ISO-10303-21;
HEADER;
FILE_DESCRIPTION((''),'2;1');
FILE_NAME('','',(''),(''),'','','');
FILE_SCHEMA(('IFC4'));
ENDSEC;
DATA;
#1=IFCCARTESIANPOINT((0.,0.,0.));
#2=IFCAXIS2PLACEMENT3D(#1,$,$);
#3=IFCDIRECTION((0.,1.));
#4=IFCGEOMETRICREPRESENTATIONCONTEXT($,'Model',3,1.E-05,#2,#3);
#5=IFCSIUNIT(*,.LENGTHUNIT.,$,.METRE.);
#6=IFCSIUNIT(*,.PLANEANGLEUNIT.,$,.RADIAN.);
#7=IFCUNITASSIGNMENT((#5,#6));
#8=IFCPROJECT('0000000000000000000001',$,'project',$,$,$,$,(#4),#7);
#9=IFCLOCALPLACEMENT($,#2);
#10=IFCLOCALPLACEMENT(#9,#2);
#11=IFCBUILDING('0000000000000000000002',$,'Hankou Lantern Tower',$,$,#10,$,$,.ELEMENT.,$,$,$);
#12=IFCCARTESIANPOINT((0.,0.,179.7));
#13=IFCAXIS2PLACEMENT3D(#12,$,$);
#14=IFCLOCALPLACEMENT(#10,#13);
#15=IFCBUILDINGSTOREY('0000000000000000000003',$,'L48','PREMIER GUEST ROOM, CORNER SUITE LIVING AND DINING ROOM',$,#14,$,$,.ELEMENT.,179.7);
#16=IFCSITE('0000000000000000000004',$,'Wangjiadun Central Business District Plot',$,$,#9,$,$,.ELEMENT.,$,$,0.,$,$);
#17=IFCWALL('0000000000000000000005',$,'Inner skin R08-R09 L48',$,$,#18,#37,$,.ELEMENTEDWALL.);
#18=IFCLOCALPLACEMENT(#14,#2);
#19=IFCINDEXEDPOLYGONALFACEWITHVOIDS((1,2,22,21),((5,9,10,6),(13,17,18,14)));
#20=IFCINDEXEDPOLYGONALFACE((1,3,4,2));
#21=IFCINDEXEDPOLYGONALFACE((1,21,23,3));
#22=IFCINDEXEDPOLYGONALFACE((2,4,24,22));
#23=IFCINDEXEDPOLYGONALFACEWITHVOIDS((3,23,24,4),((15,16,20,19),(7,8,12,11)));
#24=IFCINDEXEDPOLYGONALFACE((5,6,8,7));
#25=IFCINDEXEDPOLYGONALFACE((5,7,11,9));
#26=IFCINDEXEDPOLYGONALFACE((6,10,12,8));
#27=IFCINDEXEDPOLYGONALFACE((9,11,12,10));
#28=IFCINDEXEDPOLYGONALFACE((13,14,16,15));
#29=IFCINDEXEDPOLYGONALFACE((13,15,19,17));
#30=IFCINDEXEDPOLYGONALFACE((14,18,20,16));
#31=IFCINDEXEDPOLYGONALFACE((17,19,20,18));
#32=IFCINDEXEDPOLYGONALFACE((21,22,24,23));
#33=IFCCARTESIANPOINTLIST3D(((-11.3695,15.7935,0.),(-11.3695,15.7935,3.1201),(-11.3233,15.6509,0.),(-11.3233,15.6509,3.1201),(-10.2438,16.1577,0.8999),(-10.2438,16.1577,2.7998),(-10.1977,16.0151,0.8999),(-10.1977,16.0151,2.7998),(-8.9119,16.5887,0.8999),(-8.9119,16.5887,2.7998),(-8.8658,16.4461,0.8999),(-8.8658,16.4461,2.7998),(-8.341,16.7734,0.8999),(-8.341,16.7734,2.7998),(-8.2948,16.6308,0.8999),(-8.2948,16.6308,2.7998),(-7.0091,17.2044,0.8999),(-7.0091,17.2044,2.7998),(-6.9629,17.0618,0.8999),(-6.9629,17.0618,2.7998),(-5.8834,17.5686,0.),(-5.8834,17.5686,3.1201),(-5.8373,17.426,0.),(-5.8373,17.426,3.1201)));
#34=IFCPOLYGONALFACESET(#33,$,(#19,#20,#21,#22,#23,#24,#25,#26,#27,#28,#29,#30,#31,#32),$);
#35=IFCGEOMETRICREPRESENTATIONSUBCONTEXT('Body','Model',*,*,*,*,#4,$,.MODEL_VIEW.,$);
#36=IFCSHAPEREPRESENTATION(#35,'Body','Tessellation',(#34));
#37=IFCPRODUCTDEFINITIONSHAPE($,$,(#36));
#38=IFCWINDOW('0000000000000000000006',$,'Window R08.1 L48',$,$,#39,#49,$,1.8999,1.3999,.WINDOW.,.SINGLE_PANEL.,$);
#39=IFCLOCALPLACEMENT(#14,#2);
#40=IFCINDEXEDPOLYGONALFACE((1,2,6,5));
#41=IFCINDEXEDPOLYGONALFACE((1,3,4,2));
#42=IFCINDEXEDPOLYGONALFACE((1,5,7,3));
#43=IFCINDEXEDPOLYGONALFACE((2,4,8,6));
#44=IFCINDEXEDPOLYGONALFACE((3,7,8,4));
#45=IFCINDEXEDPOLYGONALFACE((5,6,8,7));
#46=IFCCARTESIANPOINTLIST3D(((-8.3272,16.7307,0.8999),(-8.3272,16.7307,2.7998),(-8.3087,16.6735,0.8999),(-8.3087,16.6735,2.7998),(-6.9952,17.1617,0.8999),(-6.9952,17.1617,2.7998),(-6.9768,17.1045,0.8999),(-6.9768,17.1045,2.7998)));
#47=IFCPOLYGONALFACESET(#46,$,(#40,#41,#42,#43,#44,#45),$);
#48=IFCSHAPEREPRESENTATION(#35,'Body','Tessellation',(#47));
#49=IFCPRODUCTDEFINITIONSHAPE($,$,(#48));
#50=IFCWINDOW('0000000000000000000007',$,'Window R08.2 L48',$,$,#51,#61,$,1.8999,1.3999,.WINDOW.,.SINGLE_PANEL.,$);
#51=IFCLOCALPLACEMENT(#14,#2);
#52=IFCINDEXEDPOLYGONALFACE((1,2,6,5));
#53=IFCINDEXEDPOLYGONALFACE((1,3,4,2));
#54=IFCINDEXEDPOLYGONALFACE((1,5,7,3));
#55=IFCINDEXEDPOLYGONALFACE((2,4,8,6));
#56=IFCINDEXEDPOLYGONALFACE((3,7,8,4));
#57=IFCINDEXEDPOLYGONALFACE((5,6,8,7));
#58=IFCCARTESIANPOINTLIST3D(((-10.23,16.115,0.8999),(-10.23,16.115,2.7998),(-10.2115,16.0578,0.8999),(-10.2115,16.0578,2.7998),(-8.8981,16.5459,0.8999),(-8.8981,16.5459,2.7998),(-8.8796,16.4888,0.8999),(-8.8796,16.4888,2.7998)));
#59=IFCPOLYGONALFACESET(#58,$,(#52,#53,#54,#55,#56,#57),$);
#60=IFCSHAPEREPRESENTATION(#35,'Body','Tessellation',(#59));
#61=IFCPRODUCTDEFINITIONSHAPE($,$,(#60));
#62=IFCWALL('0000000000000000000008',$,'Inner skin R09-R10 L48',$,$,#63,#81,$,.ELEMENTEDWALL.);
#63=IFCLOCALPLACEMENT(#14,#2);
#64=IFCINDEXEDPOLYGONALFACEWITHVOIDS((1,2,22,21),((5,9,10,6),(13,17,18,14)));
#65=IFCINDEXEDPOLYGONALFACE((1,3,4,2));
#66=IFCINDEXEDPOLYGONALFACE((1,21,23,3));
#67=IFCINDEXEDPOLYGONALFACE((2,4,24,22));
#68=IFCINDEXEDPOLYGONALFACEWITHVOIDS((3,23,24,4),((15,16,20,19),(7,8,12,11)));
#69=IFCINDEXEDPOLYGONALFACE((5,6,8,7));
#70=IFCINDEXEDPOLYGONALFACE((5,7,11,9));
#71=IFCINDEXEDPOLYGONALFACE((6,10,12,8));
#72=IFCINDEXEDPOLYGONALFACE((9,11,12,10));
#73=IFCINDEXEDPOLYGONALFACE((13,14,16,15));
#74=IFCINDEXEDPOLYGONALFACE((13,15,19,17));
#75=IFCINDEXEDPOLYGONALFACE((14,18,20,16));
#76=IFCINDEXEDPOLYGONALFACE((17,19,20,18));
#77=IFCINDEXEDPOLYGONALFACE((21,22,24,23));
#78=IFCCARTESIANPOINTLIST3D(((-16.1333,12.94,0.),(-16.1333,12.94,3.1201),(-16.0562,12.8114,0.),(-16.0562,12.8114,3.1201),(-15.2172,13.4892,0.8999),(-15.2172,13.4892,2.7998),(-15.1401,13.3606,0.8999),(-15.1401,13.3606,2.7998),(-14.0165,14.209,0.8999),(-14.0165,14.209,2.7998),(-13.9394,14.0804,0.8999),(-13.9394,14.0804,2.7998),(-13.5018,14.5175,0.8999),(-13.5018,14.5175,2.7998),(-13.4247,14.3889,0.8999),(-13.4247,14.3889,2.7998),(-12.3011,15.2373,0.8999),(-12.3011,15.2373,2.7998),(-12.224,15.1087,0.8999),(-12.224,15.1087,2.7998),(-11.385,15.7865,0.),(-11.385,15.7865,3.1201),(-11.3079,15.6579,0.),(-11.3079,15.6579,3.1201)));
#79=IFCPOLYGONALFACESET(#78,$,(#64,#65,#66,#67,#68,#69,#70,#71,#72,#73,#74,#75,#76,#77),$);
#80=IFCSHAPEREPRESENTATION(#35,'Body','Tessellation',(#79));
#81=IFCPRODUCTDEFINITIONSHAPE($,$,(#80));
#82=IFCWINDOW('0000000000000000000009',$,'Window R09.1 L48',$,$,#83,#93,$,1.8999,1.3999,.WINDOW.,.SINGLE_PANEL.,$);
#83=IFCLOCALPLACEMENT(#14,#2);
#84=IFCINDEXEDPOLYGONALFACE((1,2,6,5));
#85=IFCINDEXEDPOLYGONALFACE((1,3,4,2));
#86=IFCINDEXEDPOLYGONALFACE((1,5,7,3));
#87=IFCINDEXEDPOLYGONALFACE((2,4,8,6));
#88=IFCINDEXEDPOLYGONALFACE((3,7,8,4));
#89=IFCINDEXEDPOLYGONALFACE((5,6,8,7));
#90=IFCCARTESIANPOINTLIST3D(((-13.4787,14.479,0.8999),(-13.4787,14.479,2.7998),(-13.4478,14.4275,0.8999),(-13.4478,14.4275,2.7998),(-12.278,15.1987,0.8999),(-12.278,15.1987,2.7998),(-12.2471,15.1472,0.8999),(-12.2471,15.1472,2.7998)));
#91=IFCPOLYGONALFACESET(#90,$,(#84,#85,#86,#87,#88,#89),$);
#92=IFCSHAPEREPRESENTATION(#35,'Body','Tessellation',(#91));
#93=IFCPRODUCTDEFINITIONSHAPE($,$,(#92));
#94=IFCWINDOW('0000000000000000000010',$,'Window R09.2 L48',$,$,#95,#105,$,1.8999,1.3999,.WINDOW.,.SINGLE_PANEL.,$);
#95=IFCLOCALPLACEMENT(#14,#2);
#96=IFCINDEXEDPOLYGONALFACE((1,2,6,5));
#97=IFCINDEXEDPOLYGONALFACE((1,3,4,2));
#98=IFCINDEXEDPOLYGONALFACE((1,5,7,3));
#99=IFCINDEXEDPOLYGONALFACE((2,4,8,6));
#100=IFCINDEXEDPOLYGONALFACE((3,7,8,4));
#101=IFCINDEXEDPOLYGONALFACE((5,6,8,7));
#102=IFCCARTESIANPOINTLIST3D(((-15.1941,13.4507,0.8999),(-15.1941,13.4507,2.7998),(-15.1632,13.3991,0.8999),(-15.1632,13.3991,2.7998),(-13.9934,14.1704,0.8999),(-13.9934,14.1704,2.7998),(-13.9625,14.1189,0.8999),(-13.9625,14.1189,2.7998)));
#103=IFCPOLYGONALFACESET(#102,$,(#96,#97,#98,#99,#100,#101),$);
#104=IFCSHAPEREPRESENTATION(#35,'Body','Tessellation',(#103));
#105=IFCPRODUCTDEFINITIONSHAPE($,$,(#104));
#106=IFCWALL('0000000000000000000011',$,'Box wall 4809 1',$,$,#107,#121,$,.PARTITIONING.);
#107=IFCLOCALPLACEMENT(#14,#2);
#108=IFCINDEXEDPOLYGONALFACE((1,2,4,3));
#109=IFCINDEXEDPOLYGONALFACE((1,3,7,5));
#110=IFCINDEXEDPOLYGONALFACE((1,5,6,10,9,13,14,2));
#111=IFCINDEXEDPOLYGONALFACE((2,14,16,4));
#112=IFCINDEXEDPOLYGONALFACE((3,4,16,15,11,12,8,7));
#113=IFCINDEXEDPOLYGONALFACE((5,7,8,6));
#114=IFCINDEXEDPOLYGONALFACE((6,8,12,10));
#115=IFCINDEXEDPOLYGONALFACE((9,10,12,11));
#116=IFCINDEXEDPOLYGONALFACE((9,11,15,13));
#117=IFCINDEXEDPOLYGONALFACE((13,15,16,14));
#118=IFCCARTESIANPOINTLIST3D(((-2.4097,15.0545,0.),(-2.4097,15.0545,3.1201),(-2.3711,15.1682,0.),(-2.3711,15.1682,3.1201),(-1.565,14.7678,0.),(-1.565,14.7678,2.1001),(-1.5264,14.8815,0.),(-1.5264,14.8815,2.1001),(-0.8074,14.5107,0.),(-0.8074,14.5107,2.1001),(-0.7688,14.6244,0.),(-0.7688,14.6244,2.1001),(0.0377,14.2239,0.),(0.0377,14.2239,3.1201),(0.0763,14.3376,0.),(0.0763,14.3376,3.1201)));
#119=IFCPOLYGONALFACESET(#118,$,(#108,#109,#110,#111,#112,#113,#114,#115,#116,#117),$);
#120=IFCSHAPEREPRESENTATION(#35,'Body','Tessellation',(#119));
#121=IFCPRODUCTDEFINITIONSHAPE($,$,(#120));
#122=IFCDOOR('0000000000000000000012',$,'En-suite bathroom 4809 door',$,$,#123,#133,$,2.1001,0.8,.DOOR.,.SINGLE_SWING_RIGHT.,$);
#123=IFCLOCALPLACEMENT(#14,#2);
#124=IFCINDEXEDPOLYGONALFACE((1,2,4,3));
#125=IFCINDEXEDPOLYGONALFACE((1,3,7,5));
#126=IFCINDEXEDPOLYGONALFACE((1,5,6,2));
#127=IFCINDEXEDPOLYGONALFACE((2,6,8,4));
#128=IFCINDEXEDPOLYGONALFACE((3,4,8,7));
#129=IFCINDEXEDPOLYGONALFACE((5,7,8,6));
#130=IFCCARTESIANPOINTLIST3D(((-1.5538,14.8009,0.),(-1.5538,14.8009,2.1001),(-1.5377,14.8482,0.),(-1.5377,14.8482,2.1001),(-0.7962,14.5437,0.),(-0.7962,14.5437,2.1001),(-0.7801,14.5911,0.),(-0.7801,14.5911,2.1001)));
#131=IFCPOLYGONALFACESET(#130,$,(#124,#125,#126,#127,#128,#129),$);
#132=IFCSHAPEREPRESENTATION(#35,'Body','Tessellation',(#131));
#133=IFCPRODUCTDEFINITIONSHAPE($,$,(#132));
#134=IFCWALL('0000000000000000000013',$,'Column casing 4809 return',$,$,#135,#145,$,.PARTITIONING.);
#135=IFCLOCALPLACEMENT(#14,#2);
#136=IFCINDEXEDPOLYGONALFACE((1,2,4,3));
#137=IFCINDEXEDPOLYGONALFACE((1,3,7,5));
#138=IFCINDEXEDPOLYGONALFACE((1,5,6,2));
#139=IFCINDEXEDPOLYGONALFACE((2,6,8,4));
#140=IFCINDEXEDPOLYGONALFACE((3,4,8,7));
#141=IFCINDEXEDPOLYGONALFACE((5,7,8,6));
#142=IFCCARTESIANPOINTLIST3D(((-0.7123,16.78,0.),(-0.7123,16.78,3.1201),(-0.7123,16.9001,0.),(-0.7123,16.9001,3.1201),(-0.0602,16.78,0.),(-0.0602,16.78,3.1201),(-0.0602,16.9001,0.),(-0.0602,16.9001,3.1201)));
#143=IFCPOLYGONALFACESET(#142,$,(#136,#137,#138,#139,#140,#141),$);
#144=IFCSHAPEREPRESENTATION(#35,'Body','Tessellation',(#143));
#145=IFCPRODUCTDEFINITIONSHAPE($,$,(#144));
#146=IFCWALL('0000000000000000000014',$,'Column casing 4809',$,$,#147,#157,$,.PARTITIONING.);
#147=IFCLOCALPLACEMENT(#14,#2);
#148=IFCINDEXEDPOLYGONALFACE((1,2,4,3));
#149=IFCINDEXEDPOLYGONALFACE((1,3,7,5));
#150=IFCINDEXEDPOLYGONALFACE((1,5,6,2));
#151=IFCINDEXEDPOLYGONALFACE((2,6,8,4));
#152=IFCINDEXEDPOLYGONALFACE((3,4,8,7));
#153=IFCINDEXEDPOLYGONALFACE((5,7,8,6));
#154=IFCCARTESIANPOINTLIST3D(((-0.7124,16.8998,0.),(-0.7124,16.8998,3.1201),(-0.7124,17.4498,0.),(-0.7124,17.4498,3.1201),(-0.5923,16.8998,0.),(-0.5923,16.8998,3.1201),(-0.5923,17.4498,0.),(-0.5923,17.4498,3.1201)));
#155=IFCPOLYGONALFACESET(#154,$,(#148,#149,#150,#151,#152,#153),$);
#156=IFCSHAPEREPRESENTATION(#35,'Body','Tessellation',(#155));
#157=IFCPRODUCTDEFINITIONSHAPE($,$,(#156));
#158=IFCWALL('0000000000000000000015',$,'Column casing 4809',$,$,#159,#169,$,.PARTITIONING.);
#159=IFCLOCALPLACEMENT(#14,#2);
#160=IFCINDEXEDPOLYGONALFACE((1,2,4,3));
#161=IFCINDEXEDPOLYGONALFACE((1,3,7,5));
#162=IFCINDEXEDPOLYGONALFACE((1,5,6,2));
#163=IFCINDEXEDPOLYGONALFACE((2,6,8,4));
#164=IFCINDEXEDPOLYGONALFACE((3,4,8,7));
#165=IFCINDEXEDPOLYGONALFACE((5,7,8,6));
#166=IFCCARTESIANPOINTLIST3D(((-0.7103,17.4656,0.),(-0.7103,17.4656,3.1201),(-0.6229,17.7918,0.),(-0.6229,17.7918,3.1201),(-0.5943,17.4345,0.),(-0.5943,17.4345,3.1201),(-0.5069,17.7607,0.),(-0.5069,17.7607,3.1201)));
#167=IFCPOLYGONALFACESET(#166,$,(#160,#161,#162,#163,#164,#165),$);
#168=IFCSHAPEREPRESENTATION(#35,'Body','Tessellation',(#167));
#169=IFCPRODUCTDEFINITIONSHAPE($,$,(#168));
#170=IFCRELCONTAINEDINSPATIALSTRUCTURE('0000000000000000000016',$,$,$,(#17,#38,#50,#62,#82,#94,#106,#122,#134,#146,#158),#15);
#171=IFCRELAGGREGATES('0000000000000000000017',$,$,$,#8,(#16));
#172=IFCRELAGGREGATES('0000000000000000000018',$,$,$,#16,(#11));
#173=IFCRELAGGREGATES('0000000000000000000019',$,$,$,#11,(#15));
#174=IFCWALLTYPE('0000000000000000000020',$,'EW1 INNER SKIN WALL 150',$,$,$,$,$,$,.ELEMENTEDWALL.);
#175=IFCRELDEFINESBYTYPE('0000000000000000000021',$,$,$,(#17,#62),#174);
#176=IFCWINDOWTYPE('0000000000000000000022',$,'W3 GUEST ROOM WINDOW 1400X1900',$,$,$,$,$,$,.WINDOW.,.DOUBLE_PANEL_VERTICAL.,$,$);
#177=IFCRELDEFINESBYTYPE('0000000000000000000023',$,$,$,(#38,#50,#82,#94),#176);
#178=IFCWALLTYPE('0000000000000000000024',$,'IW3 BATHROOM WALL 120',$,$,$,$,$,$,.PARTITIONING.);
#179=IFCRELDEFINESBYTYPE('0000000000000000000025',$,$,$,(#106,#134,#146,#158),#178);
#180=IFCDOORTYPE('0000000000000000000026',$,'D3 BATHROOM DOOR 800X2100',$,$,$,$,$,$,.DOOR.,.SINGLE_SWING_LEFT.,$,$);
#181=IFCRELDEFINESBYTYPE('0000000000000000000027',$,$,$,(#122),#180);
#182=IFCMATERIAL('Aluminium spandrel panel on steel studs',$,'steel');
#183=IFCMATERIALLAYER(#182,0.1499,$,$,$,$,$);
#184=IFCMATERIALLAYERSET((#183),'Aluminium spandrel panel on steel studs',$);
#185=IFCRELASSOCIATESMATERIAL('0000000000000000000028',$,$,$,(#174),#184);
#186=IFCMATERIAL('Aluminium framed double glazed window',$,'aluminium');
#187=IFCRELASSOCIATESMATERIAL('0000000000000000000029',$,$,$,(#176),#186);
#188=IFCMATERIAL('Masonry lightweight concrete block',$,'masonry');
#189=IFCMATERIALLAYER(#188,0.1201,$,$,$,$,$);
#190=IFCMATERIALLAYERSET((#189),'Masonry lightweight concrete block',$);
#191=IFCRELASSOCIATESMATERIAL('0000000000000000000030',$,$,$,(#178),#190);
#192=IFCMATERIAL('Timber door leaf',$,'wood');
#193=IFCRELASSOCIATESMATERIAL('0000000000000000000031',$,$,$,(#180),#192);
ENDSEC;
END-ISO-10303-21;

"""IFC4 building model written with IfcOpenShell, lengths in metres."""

from ifc_helpers import new_model, si_unit, direction, frame, frame_2d, origin, place, context, subcontext, project, spatial, rectangle, extrude, material, layer, layer_set, type_object, element, fill, save


model = new_model("IFC4")

# Units and contexts
model_context = context("Model", 3, precision=1e-05, world=origin(), true_north=direction((0.0, 1.0)))
body_context = subcontext(model_context, "Body", "Model", "MODEL_VIEW")
ifc_project = project(units=[si_unit("LENGTHUNIT", "METRE"), si_unit("PLANEANGLEUNIT", "RADIAN")], contexts=[model_context])

# Site, building, storey
site_placement = place(None, origin())
site = spatial("IfcSite", under=ifc_project, at=site_placement, Name="Wangjiadun Central Business District Plot", CompositionType="ELEMENT", RefElevation=0.0)
building_placement = place(site_placement, origin())
building = spatial("IfcBuilding", under=site, at=building_placement, Name="Hankou Lantern Tower", CompositionType="ELEMENT")
storey_placement = place(building_placement, frame((0.0, 0.0, 179.7)))
storey = spatial("IfcBuildingStorey", under=building, at=storey_placement, Name="L48", Description="PREMIER GUEST ROOM, CORNER SUITE LIVING AND DINING ROOM", CompositionType="ELEMENT", Elevation=179.7)

# Walls, openings, windows
ifc_material_1 = material(Name="Aluminium spandrel panel on steel studs", Category="steel")
ifc_layer_1 = layer(ifc_material_1, 0.1499)
ifc_layer_set_1 = layer_set([ifc_layer_1], Name="Aluminium spandrel panel on steel studs")
wall_type_1 = type_object("IfcWallType", Name="EW1 INNER SKIN WALL 150", PredefinedType="ELEMENTEDWALL", material=ifc_layer_set_1)
wall_1_placement = place(storey_placement, frame((-5.8604, 17.4973, 0.0), z_axis=(0.0, 0.0, 1.0), x_axis=(-0.951432, -0.307857, 0.0)))
wall_1 = element("IfcWall", 1, at=wall_1_placement, inside=storey, type_object=wall_type_1, Name="Inner skin R08-R09 L48", PredefinedType="ELEMENTEDWALL", context=body_context, shape_type="SweptSolid", body=[
    extrude(rectangle(XDim=5.7661, YDim=0.1499, at=frame_2d((2.8831, 0.0))), origin(), (0.0, 0.0, 1.0), 3.1201),
])
opening_1_placement = place(wall_1_placement, frame((1.1831, 0.0, 0.8999)))
opening_1 = element("IfcOpeningElement", 2, at=opening_1_placement, cuts=wall_1, PredefinedType="OPENING", context=body_context, shape_type="SweptSolid", body=[
    extrude(rectangle(XDim=1.3999, YDim=1.8999, at=frame_2d((0.7, 0.95))), frame((0.0, 0.085, 0.0), z_axis=(0.0, -1.0, 0.0), x_axis=(1.0, 0.0, 0.0)), (0.0, 0.0, 1.0), 0.1699),
])
opening_2_placement = place(wall_1_placement, frame((3.1831, 0.0, 0.8999)))
opening_2 = element("IfcOpeningElement", 3, at=opening_2_placement, cuts=wall_1, PredefinedType="OPENING", context=body_context, shape_type="SweptSolid", body=[
    extrude(rectangle(XDim=1.3999, YDim=1.8999, at=frame_2d((0.7, 0.95))), frame((0.0, 0.085, 0.0), z_axis=(0.0, -1.0, 0.0), x_axis=(1.0, 0.0, 0.0)), (0.0, 0.0, 1.0), 0.1699),
])
ifc_material_2 = material(Name="Aluminium framed double glazed window", Category="aluminium")
window_type = type_object("IfcWindowType", Name="W3 GUEST ROOM WINDOW 1400X1900", PartitioningType="DOUBLE_PANEL_VERTICAL", PredefinedType="WINDOW", material=ifc_material_2)
window_1_placement = place(opening_1_placement, origin())
window_1 = element("IfcWindow", 4, at=window_1_placement, inside=storey, type_object=window_type, Name="Window R08.1 L48", OverallHeight=1.8999, OverallWidth=1.3999, PartitioningType="SINGLE_PANEL", PredefinedType="WINDOW", context=body_context, shape_type="SweptSolid", body=[
    extrude(rectangle(XDim=1.3999, YDim=1.8999, at=frame_2d((0.7, 0.95))), frame((0.0, 0.03, 0.0), z_axis=(0.0, -1.0, 0.0), x_axis=(1.0, 0.0, 0.0)), (0.0, 0.0, 1.0), 0.0601),
])
fill(opening_1, window_1)
window_2_placement = place(opening_2_placement, origin())
window_2 = element("IfcWindow", 5, at=window_2_placement, inside=storey, type_object=window_type, Name="Window R08.2 L48", OverallHeight=1.8999, OverallWidth=1.3999, PartitioningType="SINGLE_PANEL", PredefinedType="WINDOW", context=body_context, shape_type="SweptSolid", body=[
    extrude(rectangle(XDim=1.3999, YDim=1.8999, at=frame_2d((0.7, 0.95))), frame((0.0, 0.03, 0.0), z_axis=(0.0, -1.0, 0.0), x_axis=(1.0, 0.0, 0.0)), (0.0, 0.0, 1.0), 0.0601),
])
fill(opening_2, window_2)
wall_2_placement = place(storey_placement, frame((-11.3464, 15.7222, 0.0), z_axis=(0.0, 0.0, 1.0), x_axis=(-0.857695, -0.514158, 0.0)))
wall_2 = element("IfcWall", 6, at=wall_2_placement, inside=storey, type_object=wall_type_1, Name="Inner skin R09-R10 L48", PredefinedType="ELEMENTEDWALL", context=body_context, shape_type="SweptSolid", body=[
    extrude(rectangle(XDim=5.5361, YDim=0.1499, at=frame_2d((2.7681, 0.0))), origin(), (0.0, 0.0, 1.0), 3.1201),
])
opening_3_placement = place(wall_2_placement, frame((1.0681, 0.0, 0.8999)))
opening_3 = element("IfcOpeningElement", 7, at=opening_3_placement, cuts=wall_2, PredefinedType="OPENING", context=body_context, shape_type="SweptSolid", body=[
    extrude(rectangle(XDim=1.3999, YDim=1.8999, at=frame_2d((0.7, 0.95))), frame((0.0, 0.085, 0.0), z_axis=(0.0, -1.0, 0.0), x_axis=(1.0, 0.0, 0.0)), (0.0, 0.0, 1.0), 0.1699),
])
opening_4_placement = place(wall_2_placement, frame((3.0681, 0.0, 0.8999)))
opening_4 = element("IfcOpeningElement", 8, at=opening_4_placement, cuts=wall_2, PredefinedType="OPENING", context=body_context, shape_type="SweptSolid", body=[
    extrude(rectangle(XDim=1.3999, YDim=1.8999, at=frame_2d((0.7, 0.95))), frame((0.0, 0.085, 0.0), z_axis=(0.0, -1.0, 0.0), x_axis=(1.0, 0.0, 0.0)), (0.0, 0.0, 1.0), 0.1699),
])
window_3_placement = place(opening_3_placement, origin())
window_3 = element("IfcWindow", 9, at=window_3_placement, inside=storey, type_object=window_type, Name="Window R09.1 L48", OverallHeight=1.8999, OverallWidth=1.3999, PartitioningType="SINGLE_PANEL", PredefinedType="WINDOW", context=body_context, shape_type="SweptSolid", body=[
    extrude(rectangle(XDim=1.3999, YDim=1.8999, at=frame_2d((0.7, 0.95))), frame((0.0, 0.03, 0.0), z_axis=(0.0, -1.0, 0.0), x_axis=(1.0, 0.0, 0.0)), (0.0, 0.0, 1.0), 0.0601),
])
fill(opening_3, window_3)
window_4_placement = place(opening_4_placement, origin())
window_4 = element("IfcWindow", 10, at=window_4_placement, inside=storey, type_object=window_type, Name="Window R09.2 L48", OverallHeight=1.8999, OverallWidth=1.3999, PartitioningType="SINGLE_PANEL", PredefinedType="WINDOW", context=body_context, shape_type="SweptSolid", body=[
    extrude(rectangle(XDim=1.3999, YDim=1.8999, at=frame_2d((0.7, 0.95))), frame((0.0, 0.03, 0.0), z_axis=(0.0, -1.0, 0.0), x_axis=(1.0, 0.0, 0.0)), (0.0, 0.0, 1.0), 0.0601),
])
fill(opening_4, window_4)

# Wall, opening, door
ifc_material_3 = material(Name="Masonry lightweight concrete block", Category="masonry")
ifc_layer_2 = layer(ifc_material_3, 0.1201)
ifc_layer_set_2 = layer_set([ifc_layer_2], Name="Masonry lightweight concrete block")
wall_type_2 = type_object("IfcWallType", Name="IW3 BATHROOM WALL 120", PredefinedType="PARTITIONING", material=ifc_layer_set_2)
wall_3_placement = place(storey_placement, frame((-2.3904, 15.1113, 0.0), z_axis=(0.0, 0.0, 1.0), x_axis=(0.94695, -0.321381, 0.0)))
wall_3 = element("IfcWall", 11, at=wall_3_placement, inside=storey, type_object=wall_type_2, Name="Box wall 4809 1", PredefinedType="PARTITIONING", context=body_context, shape_type="SweptSolid", body=[
    extrude(rectangle(XDim=2.5845, YDim=0.1201, at=frame_2d((1.2922, 0.0))), origin(), (0.0, 0.0, 1.0), 3.1201),
])
opening_5_placement = place(wall_3_placement, frame((0.8921, 0.0, 0.0)))
opening_5 = element("IfcOpeningElement", 12, at=opening_5_placement, cuts=wall_3, PredefinedType="OPENING", context=body_context, shape_type="SweptSolid", body=[
    extrude(rectangle(XDim=0.8, YDim=2.1001, at=frame_2d((0.3999, 1.05))), frame((0.0, 0.0701, 0.0), z_axis=(0.0, -1.0, 0.0), x_axis=(1.0, 0.0, 0.0)), (0.0, 0.0, 1.0), 0.1401),
])
ifc_material_4 = material(Name="Timber door leaf", Category="wood")
door_type = type_object("IfcDoorType", Name="D3 BATHROOM DOOR 800X2100", OperationType="SINGLE_SWING_LEFT", PredefinedType="DOOR", material=ifc_material_4)
door_placement = place(opening_5_placement, origin())
door = element("IfcDoor", 13, at=door_placement, inside=storey, type_object=door_type, Name="En-suite bathroom 4809 door", OperationType="SINGLE_SWING_RIGHT", OverallHeight=2.1001, OverallWidth=0.8, PredefinedType="DOOR", context=body_context, shape_type="SweptSolid", body=[
    extrude(rectangle(XDim=0.8, YDim=2.1001, at=frame_2d((0.3999, 1.05))), frame((0.0, 0.0249, 0.0), z_axis=(0.0, -1.0, 0.0), x_axis=(1.0, 0.0, 0.0)), (0.0, 0.0, 1.0), 0.05),
])
fill(opening_5, door)

# Walls
wall_4_placement = place(storey_placement, frame((-0.0601, 16.8401, 0.0), z_axis=(0.0, 0.0, 1.0), x_axis=(-1.0, 0.0, 0.0)))
element("IfcWall", 14, at=wall_4_placement, inside=storey, type_object=wall_type_2, Name="Column casing 4809 return", PredefinedType="PARTITIONING", context=body_context, shape_type="SweptSolid", body=[
    extrude(rectangle(XDim=0.6521, YDim=0.1201, at=frame_2d((0.3262, 0.0))), origin(), (0.0, 0.0, 1.0), 3.1201),
])
wall_5_placement = place(storey_placement, frame((-0.6523, 16.8999, 0.0), z_axis=(0.0, 0.0, 1.0), x_axis=(0.0, 1.0, 0.0)))
element("IfcWall", 15, at=wall_5_placement, inside=storey, type_object=wall_type_2, Name="Column casing 4809", PredefinedType="PARTITIONING", context=body_context, shape_type="SweptSolid", body=[
    extrude(rectangle(XDim=0.55, YDim=0.1201, at=frame_2d((0.2749, 0.0))), origin(), (0.0, 0.0, 1.0), 3.1201),
])
wall_6_placement = place(storey_placement, frame((-0.6523, 17.45, 0.0), z_axis=(0.0, 0.0, 1.0), x_axis=(0.258832, 0.965922, 0.0)))
element("IfcWall", 16, at=wall_6_placement, inside=storey, type_object=wall_type_2, Name="Column casing 4809", PredefinedType="PARTITIONING", context=body_context, shape_type="SweptSolid", body=[
    extrude(rectangle(XDim=0.3376, YDim=0.1201, at=frame_2d((0.1689, 0.0))), origin(), (0.0, 0.0, 1.0), 3.1201),
])

save(model, "model.ifc")
